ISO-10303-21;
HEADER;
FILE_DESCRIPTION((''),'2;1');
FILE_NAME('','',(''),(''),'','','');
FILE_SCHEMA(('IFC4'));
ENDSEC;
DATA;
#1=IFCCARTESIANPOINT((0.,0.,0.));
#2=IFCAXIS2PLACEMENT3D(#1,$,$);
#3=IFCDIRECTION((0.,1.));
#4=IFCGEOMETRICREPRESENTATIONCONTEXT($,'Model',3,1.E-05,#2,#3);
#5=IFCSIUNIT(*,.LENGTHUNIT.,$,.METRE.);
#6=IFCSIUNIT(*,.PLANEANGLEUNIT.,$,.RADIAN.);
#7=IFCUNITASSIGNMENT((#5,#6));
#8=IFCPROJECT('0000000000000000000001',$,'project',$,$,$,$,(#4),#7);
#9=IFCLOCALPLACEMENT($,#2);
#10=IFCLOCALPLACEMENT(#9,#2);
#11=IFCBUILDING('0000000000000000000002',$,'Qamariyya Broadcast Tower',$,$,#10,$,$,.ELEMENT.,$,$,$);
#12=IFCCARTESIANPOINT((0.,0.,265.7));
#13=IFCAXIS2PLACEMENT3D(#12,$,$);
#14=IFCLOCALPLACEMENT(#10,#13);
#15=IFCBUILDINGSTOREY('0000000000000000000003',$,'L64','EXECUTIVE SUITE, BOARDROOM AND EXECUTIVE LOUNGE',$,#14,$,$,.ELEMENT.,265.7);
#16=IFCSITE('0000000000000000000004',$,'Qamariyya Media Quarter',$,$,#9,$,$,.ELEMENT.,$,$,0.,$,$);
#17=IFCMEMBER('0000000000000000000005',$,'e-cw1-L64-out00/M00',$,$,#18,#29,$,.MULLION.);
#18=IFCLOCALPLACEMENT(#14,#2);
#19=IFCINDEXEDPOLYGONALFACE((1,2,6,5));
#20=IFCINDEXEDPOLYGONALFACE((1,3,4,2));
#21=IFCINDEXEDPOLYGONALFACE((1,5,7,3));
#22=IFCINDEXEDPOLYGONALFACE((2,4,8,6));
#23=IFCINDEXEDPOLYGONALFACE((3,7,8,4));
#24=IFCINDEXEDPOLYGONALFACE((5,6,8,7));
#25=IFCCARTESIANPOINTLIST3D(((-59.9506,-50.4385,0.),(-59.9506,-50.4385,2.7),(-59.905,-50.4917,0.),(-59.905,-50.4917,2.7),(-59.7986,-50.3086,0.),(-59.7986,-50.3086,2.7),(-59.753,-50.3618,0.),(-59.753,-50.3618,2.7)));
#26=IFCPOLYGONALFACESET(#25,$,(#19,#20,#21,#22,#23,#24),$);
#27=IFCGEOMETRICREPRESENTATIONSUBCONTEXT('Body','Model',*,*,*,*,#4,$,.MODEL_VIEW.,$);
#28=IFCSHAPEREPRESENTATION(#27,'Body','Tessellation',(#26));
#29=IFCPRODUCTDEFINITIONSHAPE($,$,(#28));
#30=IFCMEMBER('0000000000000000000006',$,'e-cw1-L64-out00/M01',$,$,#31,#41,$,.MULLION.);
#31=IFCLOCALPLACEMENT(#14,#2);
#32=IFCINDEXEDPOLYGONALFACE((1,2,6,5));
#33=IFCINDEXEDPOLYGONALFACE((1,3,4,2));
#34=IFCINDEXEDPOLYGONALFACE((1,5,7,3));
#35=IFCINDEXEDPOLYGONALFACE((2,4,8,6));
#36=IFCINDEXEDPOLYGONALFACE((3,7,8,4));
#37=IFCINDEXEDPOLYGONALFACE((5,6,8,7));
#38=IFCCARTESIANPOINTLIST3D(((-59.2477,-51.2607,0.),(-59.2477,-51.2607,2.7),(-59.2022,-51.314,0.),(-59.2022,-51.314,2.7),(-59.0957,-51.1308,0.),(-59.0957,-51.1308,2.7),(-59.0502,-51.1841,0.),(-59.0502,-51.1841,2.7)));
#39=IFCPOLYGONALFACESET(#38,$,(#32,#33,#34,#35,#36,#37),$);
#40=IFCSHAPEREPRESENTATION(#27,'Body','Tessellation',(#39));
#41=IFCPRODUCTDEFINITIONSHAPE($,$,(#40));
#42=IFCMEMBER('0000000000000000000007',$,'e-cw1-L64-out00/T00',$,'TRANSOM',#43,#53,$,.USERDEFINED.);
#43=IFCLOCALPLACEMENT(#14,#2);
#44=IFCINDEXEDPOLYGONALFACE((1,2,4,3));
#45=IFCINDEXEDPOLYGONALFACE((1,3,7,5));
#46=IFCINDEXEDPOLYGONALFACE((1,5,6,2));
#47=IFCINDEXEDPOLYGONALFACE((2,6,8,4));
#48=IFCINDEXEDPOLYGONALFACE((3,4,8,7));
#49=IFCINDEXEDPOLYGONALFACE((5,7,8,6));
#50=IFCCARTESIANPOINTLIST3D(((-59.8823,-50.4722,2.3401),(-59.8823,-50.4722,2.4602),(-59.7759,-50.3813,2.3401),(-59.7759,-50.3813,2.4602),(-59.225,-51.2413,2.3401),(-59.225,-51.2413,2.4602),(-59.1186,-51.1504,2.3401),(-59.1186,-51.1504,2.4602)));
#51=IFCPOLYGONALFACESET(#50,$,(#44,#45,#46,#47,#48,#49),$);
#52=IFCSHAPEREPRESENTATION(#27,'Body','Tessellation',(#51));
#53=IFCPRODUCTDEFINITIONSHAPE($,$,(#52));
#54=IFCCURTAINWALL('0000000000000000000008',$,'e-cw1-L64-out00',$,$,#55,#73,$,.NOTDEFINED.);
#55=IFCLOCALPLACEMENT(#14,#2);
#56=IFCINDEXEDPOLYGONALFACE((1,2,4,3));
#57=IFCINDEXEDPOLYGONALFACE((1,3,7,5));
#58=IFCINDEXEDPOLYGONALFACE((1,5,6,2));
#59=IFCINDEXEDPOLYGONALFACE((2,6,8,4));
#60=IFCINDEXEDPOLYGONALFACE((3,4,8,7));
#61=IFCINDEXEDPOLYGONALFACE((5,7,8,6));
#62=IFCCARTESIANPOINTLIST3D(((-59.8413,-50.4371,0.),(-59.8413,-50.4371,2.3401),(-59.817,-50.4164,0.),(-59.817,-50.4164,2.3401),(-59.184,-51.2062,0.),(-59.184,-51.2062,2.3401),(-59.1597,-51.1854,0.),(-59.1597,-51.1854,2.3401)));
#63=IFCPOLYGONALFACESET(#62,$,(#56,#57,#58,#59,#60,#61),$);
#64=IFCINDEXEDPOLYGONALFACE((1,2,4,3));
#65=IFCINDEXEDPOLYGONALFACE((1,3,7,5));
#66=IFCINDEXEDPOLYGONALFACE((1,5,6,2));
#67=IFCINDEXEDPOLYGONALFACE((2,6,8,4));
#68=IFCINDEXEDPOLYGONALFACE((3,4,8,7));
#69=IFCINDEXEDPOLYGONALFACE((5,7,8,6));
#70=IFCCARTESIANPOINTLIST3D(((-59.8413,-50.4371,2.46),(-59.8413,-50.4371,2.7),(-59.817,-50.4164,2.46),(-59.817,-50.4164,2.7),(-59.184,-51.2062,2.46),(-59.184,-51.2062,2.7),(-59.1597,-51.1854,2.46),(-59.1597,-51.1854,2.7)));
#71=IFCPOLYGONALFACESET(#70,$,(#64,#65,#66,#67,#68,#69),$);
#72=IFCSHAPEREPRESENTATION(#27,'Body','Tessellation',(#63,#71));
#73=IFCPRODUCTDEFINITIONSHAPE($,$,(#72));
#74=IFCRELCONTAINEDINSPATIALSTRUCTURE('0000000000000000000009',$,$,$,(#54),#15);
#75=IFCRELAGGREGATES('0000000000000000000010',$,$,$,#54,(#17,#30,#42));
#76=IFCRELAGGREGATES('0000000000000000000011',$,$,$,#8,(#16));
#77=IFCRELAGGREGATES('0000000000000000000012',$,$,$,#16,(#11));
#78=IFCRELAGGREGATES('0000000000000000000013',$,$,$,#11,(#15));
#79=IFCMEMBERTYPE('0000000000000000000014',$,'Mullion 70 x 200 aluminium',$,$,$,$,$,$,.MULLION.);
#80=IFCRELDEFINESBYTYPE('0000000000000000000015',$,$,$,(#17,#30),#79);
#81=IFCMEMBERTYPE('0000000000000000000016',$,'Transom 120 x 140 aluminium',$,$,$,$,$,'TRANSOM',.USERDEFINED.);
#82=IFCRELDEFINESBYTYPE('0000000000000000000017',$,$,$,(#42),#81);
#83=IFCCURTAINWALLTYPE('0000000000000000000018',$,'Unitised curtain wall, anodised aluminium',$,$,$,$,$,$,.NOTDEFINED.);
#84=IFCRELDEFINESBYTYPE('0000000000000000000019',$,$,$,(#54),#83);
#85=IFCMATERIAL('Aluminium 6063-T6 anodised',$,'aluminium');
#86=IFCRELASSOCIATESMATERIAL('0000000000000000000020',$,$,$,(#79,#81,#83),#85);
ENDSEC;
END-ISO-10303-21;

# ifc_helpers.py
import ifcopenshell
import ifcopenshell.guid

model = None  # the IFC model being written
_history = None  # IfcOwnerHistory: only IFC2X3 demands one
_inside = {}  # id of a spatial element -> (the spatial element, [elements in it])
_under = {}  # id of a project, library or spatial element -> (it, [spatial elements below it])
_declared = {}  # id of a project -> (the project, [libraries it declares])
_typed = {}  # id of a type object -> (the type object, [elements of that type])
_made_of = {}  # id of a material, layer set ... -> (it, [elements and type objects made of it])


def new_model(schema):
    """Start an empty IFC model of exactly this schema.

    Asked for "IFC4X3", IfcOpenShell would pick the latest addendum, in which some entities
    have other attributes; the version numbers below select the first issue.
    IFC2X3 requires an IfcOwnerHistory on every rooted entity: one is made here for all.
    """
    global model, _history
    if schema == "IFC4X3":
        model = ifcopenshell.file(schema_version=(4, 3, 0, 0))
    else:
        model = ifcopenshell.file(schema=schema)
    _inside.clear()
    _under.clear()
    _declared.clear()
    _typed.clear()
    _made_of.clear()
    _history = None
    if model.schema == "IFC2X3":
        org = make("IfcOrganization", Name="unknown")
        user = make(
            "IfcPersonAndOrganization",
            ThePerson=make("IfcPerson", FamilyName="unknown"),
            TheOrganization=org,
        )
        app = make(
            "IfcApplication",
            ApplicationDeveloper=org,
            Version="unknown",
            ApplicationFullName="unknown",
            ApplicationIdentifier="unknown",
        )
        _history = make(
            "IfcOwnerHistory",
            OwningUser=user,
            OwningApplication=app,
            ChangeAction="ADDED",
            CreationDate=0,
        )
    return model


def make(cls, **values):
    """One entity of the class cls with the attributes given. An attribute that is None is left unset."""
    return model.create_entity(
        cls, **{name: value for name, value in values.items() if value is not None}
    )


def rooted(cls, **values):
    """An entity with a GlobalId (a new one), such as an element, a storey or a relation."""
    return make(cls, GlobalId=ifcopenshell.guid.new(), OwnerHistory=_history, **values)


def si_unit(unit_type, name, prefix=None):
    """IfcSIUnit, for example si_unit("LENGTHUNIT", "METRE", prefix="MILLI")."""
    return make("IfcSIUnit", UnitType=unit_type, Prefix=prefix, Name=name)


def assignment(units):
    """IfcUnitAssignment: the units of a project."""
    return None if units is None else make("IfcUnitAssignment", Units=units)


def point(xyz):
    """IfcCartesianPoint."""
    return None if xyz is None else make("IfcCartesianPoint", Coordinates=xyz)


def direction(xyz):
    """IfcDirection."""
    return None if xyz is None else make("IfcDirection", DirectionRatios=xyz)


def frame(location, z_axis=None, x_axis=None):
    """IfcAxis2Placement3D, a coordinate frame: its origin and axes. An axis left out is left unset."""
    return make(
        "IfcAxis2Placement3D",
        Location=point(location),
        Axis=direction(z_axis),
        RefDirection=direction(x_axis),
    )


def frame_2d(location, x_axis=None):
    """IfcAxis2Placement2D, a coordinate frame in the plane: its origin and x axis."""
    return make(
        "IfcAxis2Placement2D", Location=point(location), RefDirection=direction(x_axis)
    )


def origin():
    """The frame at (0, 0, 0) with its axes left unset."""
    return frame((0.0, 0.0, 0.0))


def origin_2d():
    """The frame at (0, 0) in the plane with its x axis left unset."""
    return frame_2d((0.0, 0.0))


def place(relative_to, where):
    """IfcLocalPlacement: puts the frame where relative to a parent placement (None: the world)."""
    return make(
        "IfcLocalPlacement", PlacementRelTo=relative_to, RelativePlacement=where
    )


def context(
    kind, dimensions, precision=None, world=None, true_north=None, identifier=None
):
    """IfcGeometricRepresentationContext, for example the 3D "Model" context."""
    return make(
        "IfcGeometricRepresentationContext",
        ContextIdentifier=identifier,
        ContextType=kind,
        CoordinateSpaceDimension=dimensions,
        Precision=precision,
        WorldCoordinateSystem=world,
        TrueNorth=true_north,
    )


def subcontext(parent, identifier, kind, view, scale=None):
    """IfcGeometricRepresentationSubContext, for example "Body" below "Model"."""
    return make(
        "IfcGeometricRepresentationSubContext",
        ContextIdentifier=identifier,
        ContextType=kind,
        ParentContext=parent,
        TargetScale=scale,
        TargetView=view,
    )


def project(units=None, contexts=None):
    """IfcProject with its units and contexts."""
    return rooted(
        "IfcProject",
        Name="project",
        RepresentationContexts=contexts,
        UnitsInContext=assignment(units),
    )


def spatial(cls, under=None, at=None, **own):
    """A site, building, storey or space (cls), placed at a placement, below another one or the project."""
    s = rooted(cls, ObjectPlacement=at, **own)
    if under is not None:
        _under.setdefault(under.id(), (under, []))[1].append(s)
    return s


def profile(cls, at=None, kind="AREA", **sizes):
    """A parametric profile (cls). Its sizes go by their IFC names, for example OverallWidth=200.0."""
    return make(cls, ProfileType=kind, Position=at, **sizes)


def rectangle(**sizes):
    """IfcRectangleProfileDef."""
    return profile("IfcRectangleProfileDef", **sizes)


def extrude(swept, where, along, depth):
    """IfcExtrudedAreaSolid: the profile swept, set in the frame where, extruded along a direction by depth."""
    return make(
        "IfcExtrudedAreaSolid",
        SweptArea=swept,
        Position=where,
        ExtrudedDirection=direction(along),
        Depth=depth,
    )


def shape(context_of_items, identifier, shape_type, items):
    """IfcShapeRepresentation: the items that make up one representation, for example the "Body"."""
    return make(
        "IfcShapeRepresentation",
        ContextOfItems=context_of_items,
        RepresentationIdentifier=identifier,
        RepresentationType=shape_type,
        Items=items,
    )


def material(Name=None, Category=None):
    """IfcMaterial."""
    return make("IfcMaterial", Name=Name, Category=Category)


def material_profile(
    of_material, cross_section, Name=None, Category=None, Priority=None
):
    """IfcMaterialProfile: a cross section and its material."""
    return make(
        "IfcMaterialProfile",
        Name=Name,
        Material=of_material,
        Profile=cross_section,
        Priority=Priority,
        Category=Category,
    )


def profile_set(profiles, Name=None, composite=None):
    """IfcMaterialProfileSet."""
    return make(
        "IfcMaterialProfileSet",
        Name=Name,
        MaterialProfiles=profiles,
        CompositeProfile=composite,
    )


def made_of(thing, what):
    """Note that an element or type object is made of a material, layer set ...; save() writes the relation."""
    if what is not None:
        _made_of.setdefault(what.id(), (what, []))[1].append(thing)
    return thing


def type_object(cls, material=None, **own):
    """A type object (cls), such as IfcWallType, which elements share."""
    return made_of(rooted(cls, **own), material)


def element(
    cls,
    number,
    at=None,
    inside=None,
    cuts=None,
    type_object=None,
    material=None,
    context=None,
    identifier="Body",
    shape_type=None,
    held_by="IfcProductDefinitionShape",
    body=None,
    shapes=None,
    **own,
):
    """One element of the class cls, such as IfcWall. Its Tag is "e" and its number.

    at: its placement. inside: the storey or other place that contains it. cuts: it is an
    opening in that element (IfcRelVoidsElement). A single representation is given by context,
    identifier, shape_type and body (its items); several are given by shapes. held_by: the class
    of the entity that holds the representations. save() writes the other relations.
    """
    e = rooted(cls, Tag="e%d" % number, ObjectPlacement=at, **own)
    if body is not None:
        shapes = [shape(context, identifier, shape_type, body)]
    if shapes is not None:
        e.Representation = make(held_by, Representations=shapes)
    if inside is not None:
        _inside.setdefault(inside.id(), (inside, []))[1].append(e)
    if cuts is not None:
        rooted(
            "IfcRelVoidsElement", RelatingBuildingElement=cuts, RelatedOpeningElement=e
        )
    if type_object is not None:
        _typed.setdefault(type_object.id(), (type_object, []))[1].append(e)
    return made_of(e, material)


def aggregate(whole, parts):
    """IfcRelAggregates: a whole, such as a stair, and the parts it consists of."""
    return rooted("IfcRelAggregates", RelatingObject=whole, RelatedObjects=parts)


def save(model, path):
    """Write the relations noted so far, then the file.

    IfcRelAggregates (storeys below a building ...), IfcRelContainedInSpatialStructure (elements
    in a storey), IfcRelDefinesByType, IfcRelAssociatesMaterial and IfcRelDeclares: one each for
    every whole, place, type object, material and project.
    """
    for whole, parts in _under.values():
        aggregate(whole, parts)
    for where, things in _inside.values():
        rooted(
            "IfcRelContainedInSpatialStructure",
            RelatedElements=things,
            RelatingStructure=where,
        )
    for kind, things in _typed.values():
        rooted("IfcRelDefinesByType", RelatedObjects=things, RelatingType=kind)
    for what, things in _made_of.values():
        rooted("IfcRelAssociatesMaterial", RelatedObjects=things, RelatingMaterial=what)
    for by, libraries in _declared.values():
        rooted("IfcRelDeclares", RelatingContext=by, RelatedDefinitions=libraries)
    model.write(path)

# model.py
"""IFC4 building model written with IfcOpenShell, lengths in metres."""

from ifc_helpers import new_model, si_unit, direction, frame, origin, origin_2d, place, context, subcontext, project, spatial, rectangle, extrude, material, material_profile, profile_set, type_object, element, aggregate, save


model = new_model("IFC4")

# Units and contexts
model_context = context("Model", 3, precision=1e-05, world=origin(), true_north=direction((0.0, 1.0)))
body_context = subcontext(model_context, "Body", "Model", "MODEL_VIEW")
ifc_project = project(units=[si_unit("LENGTHUNIT", "METRE"), si_unit("PLANEANGLEUNIT", "RADIAN")], contexts=[model_context])

# Members
ifc_material_1 = material(Name="Aluminium 6063-T6 anodised", Category="aluminium")
ifc_material_profile_1 = material_profile(ifc_material_1, rectangle(XDim=0.2, YDim=0.0701, at=origin_2d()))
ifc_profile_set_1 = profile_set([ifc_material_profile_1], Name="Aluminium 6063-T6 anodised")
member_type_1 = type_object("IfcMemberType", Name="Mullion 70 x 200 aluminium", PredefinedType="MULLION", material=ifc_profile_set_1)
site_placement = place(None, origin())
building_placement = place(site_placement, origin())
storey_placement = place(building_placement, frame((0.0, 0.0, 265.7)))
member_1_placement = place(storey_placement, frame((-59.8518, -50.4001, 0.0), z_axis=(0.0, 0.0, 1.0), x_axis=(0.760138, 0.649761, 0.0)))
member_1 = element("IfcMember", 1, at=member_1_placement, type_object=member_type_1, Name="e-cw1-L64-out00/M00", PredefinedType="MULLION", context=body_context, shape_type="SweptSolid", body=[
    extrude(rectangle(XDim=0.2, YDim=0.0701, at=origin_2d()), origin(), (0.0, 0.0, 1.0), 2.7),
])
member_2_placement = place(storey_placement, frame((-59.1489, -51.2224, 0.0), z_axis=(0.0, 0.0, 1.0), x_axis=(0.760138, 0.649761, 0.0)))
member_2 = element("IfcMember", 2, at=member_2_placement, type_object=member_type_1, Name="e-cw1-L64-out00/M01", PredefinedType="MULLION", context=body_context, shape_type="SweptSolid", body=[
    extrude(rectangle(XDim=0.2, YDim=0.0701, at=origin_2d()), origin(), (0.0, 0.0, 1.0), 2.7),
])
ifc_material_profile_2 = material_profile(ifc_material_1, rectangle(XDim=0.1399, YDim=0.1201, at=origin_2d()))
ifc_profile_set_2 = profile_set([ifc_material_profile_2], Name="Aluminium 6063-T6 anodised")
member_type_2 = type_object("IfcMemberType", Name="Transom 120 x 140 aluminium", ElementType="TRANSOM", PredefinedType="USERDEFINED", material=ifc_profile_set_2)
member_3_placement = place(storey_placement, frame((-59.8291, -50.4268, 2.4001), z_axis=(0.649678, -0.76021, 0.0), x_axis=(0.76021, 0.649678, 0.0)))
member_3 = element("IfcMember", 3, at=member_3_placement, type_object=member_type_2, Name="e-cw1-L64-out00/T00", ObjectType="TRANSOM", PredefinedType="USERDEFINED", context=body_context, shape_type="SweptSolid", body=[
    extrude(rectangle(XDim=0.1399, YDim=0.1201, at=origin_2d()), origin(), (0.0, 0.0, 1.0), 1.0117),
])

# Site, building, storey
site = spatial("IfcSite", under=ifc_project, at=site_placement, Name="Qamariyya Media Quarter", CompositionType="ELEMENT", RefElevation=0.0)
building = spatial("IfcBuilding", under=site, at=building_placement, Name="Qamariyya Broadcast Tower", CompositionType="ELEMENT")
storey = spatial("IfcBuildingStorey", under=building, at=storey_placement, Name="L64", Description="EXECUTIVE SUITE, BOARDROOM AND EXECUTIVE LOUNGE", CompositionType="ELEMENT", Elevation=265.7)

# Curtain wall
curtain_wall_type = type_object("IfcCurtainWallType", Name="Unitised curtain wall, anodised aluminium", PredefinedType="NOTDEFINED", material=ifc_material_1)
curtain_wall_1_placement = place(storey_placement, origin())
curtain_wall_1 = element("IfcCurtainWall", 4, at=curtain_wall_1_placement, inside=storey, type_object=curtain_wall_type, Name="e-cw1-L64-out00", PredefinedType="NOTDEFINED", context=body_context, shape_type="SweptSolid", body=[
    extrude(rectangle(XDim=1.0117, YDim=0.032, at=origin_2d()), frame((-59.5005, -50.8113, 0.0), x_axis=(0.649726, -0.760169, 0.0)), (0.0, 0.0, 1.0), 2.3401),
    extrude(rectangle(XDim=1.0117, YDim=0.032, at=origin_2d()), frame((-59.5005, -50.8113, 2.46), x_axis=(0.649726, -0.760169, 0.0)), (0.0, 0.0, 1.0), 0.24),
])
aggregate(curtain_wall_1, [member_1, member_2, member_3])

save(model, "model.ifc")
